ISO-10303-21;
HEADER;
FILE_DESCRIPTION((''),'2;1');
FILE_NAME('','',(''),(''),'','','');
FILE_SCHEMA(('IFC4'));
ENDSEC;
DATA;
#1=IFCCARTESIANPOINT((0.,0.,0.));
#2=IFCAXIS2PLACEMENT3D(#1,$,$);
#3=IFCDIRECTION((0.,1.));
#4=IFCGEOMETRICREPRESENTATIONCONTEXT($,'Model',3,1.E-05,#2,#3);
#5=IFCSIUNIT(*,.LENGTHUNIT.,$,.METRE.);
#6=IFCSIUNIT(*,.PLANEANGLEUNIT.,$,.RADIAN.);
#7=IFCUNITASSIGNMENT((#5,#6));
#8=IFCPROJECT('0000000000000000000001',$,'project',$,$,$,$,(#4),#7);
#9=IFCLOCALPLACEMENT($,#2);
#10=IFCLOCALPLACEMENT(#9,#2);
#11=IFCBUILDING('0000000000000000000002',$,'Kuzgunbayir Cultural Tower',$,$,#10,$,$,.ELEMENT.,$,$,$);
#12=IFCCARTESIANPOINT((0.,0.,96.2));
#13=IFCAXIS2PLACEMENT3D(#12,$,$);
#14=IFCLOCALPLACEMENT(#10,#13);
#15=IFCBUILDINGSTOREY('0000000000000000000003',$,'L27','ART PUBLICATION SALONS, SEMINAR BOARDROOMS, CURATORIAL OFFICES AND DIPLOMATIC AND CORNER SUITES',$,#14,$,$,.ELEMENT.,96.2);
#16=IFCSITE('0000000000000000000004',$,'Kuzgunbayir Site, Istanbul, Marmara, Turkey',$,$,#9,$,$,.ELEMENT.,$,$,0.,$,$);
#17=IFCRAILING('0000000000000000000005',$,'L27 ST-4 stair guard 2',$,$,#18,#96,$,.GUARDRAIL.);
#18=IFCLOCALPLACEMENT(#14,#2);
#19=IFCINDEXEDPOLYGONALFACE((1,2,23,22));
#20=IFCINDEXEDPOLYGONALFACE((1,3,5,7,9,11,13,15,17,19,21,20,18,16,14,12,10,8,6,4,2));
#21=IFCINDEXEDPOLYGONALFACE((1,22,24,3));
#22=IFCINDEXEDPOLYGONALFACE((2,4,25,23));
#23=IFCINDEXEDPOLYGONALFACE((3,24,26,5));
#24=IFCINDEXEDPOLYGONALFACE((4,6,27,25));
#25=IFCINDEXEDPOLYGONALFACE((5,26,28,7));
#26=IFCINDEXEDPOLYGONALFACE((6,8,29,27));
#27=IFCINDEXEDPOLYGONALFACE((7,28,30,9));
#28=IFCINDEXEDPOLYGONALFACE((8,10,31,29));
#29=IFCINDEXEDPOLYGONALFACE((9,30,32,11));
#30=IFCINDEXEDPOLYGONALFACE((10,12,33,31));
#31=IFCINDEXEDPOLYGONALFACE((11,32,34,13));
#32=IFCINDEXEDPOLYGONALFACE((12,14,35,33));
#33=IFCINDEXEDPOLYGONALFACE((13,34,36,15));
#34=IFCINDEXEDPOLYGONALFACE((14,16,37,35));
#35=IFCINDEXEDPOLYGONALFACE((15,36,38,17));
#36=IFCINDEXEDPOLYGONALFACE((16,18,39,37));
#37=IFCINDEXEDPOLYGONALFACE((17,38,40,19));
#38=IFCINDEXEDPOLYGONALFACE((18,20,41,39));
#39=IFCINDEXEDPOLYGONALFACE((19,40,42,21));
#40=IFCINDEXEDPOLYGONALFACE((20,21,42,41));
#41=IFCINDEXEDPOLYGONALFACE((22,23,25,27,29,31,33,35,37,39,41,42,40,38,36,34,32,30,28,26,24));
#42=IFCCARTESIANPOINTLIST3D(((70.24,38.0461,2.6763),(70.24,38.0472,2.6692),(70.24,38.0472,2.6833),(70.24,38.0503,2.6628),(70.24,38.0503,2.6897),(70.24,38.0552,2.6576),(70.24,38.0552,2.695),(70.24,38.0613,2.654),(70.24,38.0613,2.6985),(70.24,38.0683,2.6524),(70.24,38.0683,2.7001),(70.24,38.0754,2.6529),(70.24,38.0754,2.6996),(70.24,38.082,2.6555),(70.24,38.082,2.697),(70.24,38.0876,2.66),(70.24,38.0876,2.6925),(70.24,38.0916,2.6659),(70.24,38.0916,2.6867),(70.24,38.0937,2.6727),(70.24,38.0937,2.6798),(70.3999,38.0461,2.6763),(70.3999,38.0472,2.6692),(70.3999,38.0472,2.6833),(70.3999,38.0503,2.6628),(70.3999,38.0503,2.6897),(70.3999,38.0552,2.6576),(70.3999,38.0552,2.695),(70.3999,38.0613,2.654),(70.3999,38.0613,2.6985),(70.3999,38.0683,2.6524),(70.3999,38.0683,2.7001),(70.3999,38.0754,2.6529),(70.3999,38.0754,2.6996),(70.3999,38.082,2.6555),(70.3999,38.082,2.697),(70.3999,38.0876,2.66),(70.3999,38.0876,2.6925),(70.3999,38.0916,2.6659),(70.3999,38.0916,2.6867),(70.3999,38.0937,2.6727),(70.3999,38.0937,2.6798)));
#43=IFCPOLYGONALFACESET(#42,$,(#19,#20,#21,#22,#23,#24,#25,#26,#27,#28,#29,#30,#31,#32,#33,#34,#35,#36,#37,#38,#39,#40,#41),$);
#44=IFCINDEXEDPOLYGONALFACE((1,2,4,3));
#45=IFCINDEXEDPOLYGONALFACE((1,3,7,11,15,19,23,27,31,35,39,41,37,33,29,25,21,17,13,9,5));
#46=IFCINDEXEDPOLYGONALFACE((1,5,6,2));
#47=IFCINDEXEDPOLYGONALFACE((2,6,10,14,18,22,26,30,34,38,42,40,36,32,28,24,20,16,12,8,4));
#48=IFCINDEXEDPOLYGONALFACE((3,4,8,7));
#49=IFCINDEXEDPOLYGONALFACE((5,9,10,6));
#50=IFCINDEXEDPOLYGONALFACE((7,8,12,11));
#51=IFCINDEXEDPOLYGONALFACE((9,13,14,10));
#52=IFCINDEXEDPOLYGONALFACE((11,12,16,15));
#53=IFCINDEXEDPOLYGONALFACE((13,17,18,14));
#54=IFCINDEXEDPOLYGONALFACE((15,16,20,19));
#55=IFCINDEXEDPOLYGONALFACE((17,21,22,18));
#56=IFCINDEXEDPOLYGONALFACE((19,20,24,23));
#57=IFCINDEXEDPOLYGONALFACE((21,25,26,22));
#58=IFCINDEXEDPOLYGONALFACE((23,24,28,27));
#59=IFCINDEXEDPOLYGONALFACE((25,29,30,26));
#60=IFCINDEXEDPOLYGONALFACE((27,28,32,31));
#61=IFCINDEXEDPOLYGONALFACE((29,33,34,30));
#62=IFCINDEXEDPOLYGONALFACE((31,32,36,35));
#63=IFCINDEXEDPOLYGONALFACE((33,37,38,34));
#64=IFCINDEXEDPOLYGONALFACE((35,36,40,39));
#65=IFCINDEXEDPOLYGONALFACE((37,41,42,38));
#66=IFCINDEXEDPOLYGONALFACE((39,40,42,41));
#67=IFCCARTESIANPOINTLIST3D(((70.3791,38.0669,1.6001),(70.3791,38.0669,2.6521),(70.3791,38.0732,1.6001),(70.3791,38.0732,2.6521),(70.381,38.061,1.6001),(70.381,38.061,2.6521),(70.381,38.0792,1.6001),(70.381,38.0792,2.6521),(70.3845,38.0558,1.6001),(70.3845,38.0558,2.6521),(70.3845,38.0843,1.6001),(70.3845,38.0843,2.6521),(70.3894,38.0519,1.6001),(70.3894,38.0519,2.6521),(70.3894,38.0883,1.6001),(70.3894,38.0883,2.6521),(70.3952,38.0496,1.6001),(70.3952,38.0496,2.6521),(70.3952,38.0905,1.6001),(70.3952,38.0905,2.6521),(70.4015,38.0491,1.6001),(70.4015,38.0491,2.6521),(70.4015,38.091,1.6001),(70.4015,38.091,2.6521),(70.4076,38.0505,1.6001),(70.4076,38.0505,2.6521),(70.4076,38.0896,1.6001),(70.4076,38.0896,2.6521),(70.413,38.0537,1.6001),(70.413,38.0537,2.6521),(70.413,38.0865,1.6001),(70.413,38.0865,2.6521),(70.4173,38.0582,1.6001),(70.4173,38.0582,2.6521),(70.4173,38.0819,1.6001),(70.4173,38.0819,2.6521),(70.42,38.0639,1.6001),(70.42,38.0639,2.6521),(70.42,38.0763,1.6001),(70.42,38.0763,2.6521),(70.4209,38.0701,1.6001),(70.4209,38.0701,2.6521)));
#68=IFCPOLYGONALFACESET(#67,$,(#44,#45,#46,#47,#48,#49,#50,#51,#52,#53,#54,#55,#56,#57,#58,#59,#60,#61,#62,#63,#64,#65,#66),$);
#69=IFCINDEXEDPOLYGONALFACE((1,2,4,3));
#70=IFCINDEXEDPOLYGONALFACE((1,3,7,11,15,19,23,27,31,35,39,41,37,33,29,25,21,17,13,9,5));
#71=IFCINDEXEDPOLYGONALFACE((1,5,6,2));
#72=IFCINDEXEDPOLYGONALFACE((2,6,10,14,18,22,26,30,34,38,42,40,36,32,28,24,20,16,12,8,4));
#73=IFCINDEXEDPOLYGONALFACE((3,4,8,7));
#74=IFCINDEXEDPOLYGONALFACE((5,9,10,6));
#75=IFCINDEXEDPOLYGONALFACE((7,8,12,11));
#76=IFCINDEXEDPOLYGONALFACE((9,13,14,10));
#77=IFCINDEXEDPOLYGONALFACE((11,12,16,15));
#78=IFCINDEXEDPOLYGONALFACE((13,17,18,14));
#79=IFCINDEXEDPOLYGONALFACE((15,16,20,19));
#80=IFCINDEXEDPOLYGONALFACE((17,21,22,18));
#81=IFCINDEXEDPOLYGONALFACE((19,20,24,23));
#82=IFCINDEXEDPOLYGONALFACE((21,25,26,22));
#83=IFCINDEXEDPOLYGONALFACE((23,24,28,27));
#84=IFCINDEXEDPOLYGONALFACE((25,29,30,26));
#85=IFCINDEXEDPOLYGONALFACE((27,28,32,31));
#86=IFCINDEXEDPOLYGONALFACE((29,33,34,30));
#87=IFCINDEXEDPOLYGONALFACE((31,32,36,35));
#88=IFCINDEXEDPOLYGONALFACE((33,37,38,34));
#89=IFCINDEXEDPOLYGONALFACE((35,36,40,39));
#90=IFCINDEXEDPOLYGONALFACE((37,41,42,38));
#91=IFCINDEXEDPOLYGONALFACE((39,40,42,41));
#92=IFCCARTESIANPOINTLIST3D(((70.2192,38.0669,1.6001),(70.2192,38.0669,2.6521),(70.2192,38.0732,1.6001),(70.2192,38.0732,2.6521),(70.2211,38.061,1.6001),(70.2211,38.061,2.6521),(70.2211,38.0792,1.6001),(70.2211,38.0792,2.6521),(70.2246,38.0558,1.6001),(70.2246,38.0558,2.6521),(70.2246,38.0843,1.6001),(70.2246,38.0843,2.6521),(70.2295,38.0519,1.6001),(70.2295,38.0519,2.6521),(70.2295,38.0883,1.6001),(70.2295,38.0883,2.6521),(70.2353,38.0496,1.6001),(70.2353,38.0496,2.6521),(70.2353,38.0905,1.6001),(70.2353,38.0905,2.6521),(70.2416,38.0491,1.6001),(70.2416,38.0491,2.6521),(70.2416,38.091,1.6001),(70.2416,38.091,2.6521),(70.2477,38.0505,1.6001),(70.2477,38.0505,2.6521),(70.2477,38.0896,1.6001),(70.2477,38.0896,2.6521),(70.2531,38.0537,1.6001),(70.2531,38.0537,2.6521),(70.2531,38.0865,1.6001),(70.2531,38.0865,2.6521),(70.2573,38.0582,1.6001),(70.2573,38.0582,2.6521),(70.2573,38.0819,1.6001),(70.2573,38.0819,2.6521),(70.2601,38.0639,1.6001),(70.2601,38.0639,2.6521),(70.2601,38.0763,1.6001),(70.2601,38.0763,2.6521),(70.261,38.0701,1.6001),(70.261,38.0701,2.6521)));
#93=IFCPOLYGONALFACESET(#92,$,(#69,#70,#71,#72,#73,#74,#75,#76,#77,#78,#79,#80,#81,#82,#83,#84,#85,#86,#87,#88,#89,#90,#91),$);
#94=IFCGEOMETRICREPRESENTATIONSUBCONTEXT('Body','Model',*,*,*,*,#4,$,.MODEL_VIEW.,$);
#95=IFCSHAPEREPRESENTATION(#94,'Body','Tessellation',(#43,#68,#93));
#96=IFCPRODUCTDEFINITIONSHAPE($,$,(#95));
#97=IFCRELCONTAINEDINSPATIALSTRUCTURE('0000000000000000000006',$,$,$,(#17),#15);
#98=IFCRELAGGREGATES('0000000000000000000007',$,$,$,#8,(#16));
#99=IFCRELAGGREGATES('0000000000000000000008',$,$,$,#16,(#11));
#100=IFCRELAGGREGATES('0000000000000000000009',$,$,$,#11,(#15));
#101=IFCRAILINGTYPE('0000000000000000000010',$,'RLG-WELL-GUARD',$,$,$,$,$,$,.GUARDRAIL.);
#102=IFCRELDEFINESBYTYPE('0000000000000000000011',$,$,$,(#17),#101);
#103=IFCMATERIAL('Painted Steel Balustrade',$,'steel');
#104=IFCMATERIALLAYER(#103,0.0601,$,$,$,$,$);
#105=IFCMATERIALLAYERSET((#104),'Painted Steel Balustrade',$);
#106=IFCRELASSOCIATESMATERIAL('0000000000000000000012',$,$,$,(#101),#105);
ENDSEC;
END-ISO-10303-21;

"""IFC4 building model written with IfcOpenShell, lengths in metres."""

from ifc_helpers import new_model, si_unit, direction, frame, origin, origin_2d, place, context, subcontext, project, spatial, circle, extrude, material, layer, layer_set, type_object, element, save


model = new_model("IFC4")

# Units and contexts
model_context = context("Model", 3, precision=1e-05, world=origin(), true_north=direction((0.0, 1.0)))
body_context = subcontext(model_context, "Body", "Model", "MODEL_VIEW")
ifc_project = project(units=[si_unit("LENGTHUNIT", "METRE"), si_unit("PLANEANGLEUNIT", "RADIAN")], contexts=[model_context])

# Site, building, storey
site_placement = place(None, origin())
site = spatial("IfcSite", under=ifc_project, at=site_placement, Name="Kuzgunbayir Site, Istanbul, Marmara, Turkey", CompositionType="ELEMENT", RefElevation=0.0)
building_placement = place(site_placement, origin())
building = spatial("IfcBuilding", under=site, at=building_placement, Name="Kuzgunbayir Cultural Tower", CompositionType="ELEMENT")
storey_placement = place(building_placement, frame((0.0, 0.0, 96.2)))
storey = spatial("IfcBuildingStorey", under=building, at=storey_placement, Name="L27", Description="ART PUBLICATION SALONS, SEMINAR BOARDROOMS, CURATORIAL OFFICES AND DIPLOMATIC AND CORNER SUITES", CompositionType="ELEMENT", Elevation=96.2)

# Railing
ifc_material_1 = material(Name="Painted Steel Balustrade", Category="steel")
ifc_layer_1 = layer(ifc_material_1, 0.0601)
ifc_layer_set_1 = layer_set([ifc_layer_1], Name="Painted Steel Balustrade")
railing_type_1 = type_object("IfcRailingType", Name="RLG-WELL-GUARD", PredefinedType="GUARDRAIL", material=ifc_layer_set_1)
railing_1_placement = place(storey_placement, frame((70.3999, 38.0701, 1.6001)))
element("IfcRailing", 1, at=railing_1_placement, inside=storey, type_object=railing_type_1, Name="L27 ST-4 stair guard 2", PredefinedType="GUARDRAIL", context=body_context, shape_type="SweptSolid", body=[
    extrude(circle(Radius=0.0239, at=origin_2d()), frame((0.0, 0.0, 1.0762), z_axis=(-1.0, 0.0, 0.0), x_axis=(0.0, -1.0, 0.0)), (0.0, 0.0, 1.0), 0.1599),
    extrude(circle(Radius=0.021, at=origin_2d()), origin(), (0.0, 0.0, 1.0), 1.052),
    extrude(circle(Radius=0.021, at=origin_2d()), frame((-0.1599, 0.0, 0.0)), (0.0, 0.0, 1.0), 1.052),
])

save(model, "model.ifc")
